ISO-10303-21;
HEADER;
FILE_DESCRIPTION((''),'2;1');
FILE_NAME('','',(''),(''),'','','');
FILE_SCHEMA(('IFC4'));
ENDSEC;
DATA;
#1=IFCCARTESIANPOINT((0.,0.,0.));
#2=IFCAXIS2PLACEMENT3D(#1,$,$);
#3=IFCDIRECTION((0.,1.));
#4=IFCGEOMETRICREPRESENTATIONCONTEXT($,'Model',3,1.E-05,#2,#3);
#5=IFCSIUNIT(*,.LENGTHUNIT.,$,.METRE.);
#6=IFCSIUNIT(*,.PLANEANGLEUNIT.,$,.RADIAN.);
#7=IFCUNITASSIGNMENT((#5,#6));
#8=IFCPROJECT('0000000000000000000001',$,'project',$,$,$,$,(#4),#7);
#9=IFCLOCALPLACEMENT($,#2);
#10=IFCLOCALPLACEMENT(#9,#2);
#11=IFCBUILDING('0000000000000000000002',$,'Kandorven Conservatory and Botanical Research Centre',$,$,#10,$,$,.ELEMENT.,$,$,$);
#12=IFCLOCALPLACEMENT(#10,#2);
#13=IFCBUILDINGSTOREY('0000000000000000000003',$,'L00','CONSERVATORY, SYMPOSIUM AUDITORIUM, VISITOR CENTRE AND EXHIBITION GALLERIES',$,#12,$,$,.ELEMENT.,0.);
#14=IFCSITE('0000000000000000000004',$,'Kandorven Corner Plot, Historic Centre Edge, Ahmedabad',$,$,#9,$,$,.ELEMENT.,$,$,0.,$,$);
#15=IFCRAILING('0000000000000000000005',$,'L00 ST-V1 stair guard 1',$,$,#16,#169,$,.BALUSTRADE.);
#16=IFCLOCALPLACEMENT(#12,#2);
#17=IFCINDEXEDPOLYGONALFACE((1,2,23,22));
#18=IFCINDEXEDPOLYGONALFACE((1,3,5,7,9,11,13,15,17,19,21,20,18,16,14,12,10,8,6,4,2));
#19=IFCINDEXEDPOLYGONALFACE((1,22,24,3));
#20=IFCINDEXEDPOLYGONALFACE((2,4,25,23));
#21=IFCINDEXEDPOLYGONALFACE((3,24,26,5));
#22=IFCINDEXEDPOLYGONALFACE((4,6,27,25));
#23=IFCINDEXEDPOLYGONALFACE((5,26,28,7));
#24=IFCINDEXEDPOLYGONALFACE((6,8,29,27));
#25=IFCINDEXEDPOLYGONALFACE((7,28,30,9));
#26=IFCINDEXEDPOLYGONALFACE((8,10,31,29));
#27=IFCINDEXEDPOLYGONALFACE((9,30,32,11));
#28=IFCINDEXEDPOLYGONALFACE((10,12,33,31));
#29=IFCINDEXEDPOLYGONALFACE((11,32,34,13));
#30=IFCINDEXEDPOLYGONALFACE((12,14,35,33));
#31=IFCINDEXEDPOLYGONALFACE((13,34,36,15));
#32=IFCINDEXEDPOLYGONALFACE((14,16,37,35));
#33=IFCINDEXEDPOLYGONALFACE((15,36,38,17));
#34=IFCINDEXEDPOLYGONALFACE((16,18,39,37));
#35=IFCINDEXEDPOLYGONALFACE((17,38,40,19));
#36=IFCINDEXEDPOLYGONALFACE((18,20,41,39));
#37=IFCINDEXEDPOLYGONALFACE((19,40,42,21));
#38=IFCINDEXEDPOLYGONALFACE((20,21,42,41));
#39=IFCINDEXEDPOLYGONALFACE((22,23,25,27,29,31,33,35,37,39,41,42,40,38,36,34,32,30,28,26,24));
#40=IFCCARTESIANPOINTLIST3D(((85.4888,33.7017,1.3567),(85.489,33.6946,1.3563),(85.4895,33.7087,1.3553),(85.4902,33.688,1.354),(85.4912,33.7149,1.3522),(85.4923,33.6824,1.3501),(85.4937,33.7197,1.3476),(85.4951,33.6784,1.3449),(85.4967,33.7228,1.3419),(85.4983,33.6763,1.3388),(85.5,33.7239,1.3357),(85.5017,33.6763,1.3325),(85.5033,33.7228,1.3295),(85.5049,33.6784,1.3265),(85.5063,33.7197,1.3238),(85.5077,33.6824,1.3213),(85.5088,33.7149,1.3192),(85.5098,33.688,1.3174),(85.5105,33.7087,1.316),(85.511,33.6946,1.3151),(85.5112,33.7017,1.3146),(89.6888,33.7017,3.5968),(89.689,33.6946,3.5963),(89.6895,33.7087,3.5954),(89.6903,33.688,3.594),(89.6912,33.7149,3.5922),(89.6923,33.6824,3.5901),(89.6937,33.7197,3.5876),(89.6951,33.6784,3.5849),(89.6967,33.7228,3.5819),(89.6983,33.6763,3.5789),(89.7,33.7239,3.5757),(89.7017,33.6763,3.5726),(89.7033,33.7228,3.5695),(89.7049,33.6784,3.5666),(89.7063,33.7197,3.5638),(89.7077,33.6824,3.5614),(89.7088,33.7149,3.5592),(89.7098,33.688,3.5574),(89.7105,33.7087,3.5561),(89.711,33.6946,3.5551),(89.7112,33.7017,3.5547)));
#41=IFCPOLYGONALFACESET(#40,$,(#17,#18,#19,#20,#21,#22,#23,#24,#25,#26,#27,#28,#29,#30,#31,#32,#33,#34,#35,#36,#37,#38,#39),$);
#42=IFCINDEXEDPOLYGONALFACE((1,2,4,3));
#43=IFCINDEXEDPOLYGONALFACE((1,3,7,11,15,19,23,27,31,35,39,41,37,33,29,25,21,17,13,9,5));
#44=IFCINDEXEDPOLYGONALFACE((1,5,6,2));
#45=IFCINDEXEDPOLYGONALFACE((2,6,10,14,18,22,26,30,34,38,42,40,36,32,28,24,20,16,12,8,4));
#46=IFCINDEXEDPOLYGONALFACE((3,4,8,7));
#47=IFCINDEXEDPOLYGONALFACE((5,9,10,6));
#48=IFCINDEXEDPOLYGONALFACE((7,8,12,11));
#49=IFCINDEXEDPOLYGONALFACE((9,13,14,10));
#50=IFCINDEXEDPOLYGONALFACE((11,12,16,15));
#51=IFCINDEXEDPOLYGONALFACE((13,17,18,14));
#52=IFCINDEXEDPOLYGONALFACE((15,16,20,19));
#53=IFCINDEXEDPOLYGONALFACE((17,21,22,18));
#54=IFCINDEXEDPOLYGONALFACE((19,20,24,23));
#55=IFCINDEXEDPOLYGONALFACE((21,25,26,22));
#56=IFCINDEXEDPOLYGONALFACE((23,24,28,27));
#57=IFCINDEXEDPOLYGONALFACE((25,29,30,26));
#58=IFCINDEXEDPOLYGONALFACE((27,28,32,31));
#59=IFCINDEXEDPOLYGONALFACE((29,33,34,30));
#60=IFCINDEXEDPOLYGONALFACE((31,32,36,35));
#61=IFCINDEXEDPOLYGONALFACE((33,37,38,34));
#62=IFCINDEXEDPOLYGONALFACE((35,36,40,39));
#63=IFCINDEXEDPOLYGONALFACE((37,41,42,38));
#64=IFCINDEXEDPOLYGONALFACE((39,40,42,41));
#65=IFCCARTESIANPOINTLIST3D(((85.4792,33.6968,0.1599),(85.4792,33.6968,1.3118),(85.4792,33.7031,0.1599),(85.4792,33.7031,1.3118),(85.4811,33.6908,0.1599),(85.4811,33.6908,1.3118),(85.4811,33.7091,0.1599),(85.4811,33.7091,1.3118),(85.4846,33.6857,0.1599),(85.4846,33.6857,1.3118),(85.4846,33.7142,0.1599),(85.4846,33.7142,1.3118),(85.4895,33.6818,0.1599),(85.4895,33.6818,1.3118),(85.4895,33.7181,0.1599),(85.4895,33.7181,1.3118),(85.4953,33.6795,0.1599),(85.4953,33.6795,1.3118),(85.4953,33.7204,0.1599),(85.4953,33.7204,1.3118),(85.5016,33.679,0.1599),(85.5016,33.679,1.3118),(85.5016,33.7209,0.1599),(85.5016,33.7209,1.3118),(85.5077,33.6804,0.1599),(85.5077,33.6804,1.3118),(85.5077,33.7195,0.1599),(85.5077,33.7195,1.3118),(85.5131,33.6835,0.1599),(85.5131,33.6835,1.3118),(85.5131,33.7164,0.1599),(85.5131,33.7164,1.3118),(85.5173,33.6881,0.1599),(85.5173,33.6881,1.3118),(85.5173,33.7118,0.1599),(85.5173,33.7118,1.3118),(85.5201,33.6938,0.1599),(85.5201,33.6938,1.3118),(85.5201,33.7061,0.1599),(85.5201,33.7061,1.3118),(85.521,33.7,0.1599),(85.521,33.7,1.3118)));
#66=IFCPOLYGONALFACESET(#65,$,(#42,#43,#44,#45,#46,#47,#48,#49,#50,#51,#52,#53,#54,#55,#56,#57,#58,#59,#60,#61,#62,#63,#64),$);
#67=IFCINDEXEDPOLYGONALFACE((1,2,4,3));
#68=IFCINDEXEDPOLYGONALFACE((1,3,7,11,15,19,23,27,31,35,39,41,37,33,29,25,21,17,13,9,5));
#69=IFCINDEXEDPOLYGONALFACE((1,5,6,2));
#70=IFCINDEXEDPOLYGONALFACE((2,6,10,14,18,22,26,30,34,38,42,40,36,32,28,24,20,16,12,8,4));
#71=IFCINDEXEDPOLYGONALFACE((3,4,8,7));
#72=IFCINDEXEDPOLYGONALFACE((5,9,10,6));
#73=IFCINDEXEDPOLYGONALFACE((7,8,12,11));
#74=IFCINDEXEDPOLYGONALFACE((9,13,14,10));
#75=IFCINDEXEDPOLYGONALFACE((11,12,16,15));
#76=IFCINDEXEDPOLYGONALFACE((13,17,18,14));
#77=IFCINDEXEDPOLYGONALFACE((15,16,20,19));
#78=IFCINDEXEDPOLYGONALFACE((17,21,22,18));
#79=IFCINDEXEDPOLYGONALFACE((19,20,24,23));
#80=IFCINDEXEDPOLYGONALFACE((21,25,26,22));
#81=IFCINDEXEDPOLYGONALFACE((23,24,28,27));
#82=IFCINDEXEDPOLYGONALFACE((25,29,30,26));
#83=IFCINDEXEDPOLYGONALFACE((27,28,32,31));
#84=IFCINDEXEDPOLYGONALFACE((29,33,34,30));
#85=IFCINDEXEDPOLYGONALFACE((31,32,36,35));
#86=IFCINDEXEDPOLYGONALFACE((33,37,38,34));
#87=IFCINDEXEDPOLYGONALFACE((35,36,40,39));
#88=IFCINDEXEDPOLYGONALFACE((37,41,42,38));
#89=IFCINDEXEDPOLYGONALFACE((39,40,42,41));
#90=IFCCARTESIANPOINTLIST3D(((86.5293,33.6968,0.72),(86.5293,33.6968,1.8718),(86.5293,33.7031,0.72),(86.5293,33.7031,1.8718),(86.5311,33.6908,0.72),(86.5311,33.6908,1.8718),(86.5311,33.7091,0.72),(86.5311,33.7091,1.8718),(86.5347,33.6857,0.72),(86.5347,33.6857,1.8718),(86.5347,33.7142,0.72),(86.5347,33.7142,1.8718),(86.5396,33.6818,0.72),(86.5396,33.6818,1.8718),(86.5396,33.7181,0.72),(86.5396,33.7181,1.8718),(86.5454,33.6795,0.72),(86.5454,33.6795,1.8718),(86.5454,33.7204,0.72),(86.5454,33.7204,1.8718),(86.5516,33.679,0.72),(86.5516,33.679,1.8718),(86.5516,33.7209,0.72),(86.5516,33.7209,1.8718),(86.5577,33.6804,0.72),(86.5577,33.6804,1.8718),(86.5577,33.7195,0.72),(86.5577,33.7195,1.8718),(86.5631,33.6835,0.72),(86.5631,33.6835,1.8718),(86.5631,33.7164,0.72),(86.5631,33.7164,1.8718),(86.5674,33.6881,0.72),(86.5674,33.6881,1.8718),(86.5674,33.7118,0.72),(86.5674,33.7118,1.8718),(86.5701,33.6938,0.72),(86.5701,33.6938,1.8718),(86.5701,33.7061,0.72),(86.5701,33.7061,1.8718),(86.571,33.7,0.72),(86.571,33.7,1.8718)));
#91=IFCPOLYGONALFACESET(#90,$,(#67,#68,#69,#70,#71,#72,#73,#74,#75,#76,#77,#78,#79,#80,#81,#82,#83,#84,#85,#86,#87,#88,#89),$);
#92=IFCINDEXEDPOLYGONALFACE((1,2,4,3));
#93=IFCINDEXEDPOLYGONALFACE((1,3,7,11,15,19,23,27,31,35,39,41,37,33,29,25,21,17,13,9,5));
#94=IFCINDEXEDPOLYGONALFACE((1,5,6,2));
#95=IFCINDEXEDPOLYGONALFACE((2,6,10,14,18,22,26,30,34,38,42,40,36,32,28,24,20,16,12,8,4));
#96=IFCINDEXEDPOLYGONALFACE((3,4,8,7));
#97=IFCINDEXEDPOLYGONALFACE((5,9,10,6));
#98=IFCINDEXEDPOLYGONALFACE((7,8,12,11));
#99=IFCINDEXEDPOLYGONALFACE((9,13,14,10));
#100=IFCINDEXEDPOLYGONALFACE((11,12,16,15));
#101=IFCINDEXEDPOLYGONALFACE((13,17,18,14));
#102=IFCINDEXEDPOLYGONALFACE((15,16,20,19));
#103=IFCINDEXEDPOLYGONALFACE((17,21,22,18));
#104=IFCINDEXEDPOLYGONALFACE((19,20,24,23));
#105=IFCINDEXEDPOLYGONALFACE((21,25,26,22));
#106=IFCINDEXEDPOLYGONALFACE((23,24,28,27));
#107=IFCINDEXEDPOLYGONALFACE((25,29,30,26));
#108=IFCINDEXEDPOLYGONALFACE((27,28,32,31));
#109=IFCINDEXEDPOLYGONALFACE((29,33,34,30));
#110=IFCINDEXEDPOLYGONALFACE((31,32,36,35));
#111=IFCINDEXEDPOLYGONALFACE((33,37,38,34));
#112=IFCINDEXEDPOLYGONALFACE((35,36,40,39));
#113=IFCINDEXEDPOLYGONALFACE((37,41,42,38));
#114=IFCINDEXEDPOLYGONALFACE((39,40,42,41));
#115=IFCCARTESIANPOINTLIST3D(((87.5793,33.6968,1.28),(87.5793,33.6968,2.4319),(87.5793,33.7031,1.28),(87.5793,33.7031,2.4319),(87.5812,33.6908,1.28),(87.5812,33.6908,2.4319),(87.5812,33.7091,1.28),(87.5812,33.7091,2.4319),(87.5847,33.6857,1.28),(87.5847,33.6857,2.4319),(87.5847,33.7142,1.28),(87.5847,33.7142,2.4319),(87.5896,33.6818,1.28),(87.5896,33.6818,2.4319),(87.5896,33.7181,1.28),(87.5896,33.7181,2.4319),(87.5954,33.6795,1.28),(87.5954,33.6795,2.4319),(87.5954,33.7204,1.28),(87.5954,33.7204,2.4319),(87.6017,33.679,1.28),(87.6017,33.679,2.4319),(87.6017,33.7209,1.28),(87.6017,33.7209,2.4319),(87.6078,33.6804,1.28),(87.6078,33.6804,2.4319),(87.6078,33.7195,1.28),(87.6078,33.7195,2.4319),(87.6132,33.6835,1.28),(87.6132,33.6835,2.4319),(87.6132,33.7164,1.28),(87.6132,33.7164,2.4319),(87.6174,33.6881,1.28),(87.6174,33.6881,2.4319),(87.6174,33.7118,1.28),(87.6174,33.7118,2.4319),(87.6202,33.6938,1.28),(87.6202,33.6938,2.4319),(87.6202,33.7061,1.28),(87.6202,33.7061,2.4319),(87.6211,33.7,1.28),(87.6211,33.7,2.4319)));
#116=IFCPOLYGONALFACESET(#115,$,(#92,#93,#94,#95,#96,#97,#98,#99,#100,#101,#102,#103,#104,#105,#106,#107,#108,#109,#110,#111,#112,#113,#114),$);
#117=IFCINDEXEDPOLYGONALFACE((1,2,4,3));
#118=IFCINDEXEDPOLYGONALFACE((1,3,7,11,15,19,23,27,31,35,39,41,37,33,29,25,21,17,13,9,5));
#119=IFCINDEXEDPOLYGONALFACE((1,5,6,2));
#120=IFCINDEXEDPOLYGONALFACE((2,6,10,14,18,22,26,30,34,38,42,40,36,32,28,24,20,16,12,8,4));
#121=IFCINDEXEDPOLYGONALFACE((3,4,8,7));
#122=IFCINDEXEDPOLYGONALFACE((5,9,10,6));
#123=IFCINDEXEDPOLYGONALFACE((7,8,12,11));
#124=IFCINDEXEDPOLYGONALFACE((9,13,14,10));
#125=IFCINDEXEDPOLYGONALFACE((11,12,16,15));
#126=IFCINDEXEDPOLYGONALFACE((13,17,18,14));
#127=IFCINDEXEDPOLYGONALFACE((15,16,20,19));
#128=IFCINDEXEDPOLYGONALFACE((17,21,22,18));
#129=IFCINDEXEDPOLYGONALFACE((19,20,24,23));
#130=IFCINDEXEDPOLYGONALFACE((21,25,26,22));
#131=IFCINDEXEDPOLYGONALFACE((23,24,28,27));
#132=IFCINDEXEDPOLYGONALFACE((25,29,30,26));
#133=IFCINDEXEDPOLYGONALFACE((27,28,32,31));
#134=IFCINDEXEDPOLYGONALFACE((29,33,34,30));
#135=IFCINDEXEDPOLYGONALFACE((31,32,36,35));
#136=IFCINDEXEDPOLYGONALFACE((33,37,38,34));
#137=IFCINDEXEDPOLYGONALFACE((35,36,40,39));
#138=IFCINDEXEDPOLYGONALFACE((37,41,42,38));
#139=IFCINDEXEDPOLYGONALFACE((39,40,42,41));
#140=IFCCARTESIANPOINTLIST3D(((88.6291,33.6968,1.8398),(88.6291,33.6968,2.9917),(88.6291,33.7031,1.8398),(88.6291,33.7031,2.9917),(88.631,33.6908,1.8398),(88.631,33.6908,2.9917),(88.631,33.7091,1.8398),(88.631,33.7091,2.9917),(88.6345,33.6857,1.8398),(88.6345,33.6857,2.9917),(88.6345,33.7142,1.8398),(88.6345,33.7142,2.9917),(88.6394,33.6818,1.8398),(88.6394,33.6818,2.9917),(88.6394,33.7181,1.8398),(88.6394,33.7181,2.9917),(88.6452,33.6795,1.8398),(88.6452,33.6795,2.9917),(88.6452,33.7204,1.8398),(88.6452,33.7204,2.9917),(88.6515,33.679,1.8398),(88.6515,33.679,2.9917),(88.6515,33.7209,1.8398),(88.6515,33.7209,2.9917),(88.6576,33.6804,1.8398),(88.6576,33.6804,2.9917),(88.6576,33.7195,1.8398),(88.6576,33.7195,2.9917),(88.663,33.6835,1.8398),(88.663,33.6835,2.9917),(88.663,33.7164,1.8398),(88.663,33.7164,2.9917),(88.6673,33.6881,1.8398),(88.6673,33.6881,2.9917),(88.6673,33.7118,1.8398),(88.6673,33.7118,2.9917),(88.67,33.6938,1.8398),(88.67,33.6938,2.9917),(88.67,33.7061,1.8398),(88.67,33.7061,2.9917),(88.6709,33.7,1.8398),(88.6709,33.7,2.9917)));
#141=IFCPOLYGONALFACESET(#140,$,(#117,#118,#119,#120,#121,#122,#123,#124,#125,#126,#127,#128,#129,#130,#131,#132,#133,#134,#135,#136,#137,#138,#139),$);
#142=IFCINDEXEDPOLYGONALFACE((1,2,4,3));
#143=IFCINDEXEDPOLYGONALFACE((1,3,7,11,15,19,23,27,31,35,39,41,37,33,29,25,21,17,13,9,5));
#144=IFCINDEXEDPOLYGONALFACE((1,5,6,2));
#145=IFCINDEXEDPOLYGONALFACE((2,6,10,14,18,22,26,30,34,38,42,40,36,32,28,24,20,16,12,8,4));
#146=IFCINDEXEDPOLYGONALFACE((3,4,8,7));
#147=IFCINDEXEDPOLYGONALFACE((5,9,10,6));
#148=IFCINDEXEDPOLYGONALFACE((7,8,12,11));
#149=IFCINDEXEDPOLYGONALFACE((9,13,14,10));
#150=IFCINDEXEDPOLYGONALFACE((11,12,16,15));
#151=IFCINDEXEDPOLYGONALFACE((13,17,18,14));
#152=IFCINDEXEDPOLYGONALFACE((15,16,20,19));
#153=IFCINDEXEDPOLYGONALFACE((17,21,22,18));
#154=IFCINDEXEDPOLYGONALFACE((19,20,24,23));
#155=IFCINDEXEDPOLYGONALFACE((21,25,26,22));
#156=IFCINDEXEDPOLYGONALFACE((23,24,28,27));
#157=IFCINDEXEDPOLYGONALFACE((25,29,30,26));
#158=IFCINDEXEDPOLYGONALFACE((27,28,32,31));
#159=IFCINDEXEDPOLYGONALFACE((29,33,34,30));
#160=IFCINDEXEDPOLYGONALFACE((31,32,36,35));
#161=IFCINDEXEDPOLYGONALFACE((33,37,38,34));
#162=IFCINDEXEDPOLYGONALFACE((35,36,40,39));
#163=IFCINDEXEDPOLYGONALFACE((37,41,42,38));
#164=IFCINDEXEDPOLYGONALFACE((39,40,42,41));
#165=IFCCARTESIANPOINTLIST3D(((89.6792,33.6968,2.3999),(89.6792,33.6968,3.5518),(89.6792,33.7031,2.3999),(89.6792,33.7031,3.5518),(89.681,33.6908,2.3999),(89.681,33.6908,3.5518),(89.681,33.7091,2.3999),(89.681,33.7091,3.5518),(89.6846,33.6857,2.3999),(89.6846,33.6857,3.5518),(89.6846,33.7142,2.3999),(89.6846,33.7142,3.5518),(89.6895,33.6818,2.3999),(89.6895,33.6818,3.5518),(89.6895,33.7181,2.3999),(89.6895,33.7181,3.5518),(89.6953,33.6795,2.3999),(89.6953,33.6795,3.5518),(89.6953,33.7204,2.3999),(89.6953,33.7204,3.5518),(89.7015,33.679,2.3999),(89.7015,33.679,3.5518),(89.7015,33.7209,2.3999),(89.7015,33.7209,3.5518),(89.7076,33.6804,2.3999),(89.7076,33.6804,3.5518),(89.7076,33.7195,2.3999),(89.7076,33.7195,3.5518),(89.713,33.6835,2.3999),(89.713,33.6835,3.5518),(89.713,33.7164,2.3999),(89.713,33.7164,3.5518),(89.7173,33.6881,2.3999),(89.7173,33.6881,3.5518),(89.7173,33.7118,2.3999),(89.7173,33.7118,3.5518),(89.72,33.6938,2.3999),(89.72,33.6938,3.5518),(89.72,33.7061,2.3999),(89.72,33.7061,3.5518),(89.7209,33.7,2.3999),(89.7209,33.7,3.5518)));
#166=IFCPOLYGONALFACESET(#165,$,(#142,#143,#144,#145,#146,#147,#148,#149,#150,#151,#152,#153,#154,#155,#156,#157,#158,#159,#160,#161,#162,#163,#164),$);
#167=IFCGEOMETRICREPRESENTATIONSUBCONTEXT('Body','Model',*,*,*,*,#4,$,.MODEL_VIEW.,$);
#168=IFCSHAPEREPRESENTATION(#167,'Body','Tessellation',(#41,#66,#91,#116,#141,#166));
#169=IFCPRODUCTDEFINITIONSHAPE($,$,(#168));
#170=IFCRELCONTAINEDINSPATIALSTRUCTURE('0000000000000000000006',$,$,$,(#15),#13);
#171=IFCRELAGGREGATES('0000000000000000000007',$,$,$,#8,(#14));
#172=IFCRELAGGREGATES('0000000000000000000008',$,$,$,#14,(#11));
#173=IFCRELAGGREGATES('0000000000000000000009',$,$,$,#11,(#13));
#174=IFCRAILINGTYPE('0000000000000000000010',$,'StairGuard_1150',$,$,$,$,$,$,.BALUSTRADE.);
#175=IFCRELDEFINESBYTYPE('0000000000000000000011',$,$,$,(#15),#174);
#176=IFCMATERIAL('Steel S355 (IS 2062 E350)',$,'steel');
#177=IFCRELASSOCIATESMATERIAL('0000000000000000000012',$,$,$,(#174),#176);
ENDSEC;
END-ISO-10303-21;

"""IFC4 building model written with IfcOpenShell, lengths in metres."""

from ifc_helpers import new_model, si_unit, direction, frame, origin, origin_2d, place, context, subcontext, project, spatial, circle, extrude, material, type_object, element, save


model = new_model("IFC4")

# Units and contexts
model_context = context("Model", 3, precision=1e-05, world=origin(), true_north=direction((0.0, 1.0)))
body_context = subcontext(model_context, "Body", "Model", "MODEL_VIEW")
ifc_project = project(units=[si_unit("LENGTHUNIT", "METRE"), si_unit("PLANEANGLEUNIT", "RADIAN")], contexts=[model_context])

# Site, building, storey
site_placement = place(None, origin())
site = spatial("IfcSite", under=ifc_project, at=site_placement, Name="Kandorven Corner Plot, Historic Centre Edge, Ahmedabad", CompositionType="ELEMENT", RefElevation=0.0)
building_placement = place(site_placement, origin())
building = spatial("IfcBuilding", under=site, at=building_placement, Name="Kandorven Conservatory and Botanical Research Centre", CompositionType="ELEMENT")
storey_placement = place(building_placement, origin())
storey = spatial("IfcBuildingStorey", under=building, at=storey_placement, Name="L00", Description="CONSERVATORY, SYMPOSIUM AUDITORIUM, VISITOR CENTRE AND EXHIBITION GALLERIES", CompositionType="ELEMENT", Elevation=0.0)

# Railing
ifc_material_1 = material(Name="Steel S355 (IS 2062 E350)", Category="steel")
railing_type_1 = type_object("IfcRailingType", Name="StairGuard_1150", PredefinedType="BALUSTRADE", material=ifc_material_1)
railing_1_placement = place(storey_placement, frame((85.5, 33.7, 0.1599)))
element("IfcRailing", 1, at=railing_1_placement, inside=storey, type_object=railing_type_1, Name="L00 ST-V1 stair guard 1", PredefinedType="BALUSTRADE", context=body_context, shape_type="SweptSolid", body=[
    extrude(circle(Radius=0.0239, at=origin_2d()), frame((0.0, 0.0, 1.1758), z_axis=(0.882352, 0.0, 0.470591), x_axis=(0.0, 1.0, 0.0)), (0.0, 0.0, 1.0), 4.76),
    extrude(circle(Radius=0.021, at=origin_2d()), origin(), (0.0, 0.0, 1.0), 1.1519),
    extrude(circle(Radius=0.021, at=origin_2d()), frame((1.05, 0.0, 0.5601)), (0.0, 0.0, 1.0), 1.1519),
    extrude(circle(Radius=0.021, at=origin_2d()), frame((2.1001, 0.0, 1.1201)), (0.0, 0.0, 1.0), 1.1519),
    extrude(circle(Radius=0.021, at=origin_2d()), frame((3.1499, 0.0, 1.6799)), (0.0, 0.0, 1.0), 1.1519),
    extrude(circle(Radius=0.021, at=origin_2d()), frame((4.2, 0.0, 2.24)), (0.0, 0.0, 1.0), 1.1519),
])

save(model, "model.ifc")
